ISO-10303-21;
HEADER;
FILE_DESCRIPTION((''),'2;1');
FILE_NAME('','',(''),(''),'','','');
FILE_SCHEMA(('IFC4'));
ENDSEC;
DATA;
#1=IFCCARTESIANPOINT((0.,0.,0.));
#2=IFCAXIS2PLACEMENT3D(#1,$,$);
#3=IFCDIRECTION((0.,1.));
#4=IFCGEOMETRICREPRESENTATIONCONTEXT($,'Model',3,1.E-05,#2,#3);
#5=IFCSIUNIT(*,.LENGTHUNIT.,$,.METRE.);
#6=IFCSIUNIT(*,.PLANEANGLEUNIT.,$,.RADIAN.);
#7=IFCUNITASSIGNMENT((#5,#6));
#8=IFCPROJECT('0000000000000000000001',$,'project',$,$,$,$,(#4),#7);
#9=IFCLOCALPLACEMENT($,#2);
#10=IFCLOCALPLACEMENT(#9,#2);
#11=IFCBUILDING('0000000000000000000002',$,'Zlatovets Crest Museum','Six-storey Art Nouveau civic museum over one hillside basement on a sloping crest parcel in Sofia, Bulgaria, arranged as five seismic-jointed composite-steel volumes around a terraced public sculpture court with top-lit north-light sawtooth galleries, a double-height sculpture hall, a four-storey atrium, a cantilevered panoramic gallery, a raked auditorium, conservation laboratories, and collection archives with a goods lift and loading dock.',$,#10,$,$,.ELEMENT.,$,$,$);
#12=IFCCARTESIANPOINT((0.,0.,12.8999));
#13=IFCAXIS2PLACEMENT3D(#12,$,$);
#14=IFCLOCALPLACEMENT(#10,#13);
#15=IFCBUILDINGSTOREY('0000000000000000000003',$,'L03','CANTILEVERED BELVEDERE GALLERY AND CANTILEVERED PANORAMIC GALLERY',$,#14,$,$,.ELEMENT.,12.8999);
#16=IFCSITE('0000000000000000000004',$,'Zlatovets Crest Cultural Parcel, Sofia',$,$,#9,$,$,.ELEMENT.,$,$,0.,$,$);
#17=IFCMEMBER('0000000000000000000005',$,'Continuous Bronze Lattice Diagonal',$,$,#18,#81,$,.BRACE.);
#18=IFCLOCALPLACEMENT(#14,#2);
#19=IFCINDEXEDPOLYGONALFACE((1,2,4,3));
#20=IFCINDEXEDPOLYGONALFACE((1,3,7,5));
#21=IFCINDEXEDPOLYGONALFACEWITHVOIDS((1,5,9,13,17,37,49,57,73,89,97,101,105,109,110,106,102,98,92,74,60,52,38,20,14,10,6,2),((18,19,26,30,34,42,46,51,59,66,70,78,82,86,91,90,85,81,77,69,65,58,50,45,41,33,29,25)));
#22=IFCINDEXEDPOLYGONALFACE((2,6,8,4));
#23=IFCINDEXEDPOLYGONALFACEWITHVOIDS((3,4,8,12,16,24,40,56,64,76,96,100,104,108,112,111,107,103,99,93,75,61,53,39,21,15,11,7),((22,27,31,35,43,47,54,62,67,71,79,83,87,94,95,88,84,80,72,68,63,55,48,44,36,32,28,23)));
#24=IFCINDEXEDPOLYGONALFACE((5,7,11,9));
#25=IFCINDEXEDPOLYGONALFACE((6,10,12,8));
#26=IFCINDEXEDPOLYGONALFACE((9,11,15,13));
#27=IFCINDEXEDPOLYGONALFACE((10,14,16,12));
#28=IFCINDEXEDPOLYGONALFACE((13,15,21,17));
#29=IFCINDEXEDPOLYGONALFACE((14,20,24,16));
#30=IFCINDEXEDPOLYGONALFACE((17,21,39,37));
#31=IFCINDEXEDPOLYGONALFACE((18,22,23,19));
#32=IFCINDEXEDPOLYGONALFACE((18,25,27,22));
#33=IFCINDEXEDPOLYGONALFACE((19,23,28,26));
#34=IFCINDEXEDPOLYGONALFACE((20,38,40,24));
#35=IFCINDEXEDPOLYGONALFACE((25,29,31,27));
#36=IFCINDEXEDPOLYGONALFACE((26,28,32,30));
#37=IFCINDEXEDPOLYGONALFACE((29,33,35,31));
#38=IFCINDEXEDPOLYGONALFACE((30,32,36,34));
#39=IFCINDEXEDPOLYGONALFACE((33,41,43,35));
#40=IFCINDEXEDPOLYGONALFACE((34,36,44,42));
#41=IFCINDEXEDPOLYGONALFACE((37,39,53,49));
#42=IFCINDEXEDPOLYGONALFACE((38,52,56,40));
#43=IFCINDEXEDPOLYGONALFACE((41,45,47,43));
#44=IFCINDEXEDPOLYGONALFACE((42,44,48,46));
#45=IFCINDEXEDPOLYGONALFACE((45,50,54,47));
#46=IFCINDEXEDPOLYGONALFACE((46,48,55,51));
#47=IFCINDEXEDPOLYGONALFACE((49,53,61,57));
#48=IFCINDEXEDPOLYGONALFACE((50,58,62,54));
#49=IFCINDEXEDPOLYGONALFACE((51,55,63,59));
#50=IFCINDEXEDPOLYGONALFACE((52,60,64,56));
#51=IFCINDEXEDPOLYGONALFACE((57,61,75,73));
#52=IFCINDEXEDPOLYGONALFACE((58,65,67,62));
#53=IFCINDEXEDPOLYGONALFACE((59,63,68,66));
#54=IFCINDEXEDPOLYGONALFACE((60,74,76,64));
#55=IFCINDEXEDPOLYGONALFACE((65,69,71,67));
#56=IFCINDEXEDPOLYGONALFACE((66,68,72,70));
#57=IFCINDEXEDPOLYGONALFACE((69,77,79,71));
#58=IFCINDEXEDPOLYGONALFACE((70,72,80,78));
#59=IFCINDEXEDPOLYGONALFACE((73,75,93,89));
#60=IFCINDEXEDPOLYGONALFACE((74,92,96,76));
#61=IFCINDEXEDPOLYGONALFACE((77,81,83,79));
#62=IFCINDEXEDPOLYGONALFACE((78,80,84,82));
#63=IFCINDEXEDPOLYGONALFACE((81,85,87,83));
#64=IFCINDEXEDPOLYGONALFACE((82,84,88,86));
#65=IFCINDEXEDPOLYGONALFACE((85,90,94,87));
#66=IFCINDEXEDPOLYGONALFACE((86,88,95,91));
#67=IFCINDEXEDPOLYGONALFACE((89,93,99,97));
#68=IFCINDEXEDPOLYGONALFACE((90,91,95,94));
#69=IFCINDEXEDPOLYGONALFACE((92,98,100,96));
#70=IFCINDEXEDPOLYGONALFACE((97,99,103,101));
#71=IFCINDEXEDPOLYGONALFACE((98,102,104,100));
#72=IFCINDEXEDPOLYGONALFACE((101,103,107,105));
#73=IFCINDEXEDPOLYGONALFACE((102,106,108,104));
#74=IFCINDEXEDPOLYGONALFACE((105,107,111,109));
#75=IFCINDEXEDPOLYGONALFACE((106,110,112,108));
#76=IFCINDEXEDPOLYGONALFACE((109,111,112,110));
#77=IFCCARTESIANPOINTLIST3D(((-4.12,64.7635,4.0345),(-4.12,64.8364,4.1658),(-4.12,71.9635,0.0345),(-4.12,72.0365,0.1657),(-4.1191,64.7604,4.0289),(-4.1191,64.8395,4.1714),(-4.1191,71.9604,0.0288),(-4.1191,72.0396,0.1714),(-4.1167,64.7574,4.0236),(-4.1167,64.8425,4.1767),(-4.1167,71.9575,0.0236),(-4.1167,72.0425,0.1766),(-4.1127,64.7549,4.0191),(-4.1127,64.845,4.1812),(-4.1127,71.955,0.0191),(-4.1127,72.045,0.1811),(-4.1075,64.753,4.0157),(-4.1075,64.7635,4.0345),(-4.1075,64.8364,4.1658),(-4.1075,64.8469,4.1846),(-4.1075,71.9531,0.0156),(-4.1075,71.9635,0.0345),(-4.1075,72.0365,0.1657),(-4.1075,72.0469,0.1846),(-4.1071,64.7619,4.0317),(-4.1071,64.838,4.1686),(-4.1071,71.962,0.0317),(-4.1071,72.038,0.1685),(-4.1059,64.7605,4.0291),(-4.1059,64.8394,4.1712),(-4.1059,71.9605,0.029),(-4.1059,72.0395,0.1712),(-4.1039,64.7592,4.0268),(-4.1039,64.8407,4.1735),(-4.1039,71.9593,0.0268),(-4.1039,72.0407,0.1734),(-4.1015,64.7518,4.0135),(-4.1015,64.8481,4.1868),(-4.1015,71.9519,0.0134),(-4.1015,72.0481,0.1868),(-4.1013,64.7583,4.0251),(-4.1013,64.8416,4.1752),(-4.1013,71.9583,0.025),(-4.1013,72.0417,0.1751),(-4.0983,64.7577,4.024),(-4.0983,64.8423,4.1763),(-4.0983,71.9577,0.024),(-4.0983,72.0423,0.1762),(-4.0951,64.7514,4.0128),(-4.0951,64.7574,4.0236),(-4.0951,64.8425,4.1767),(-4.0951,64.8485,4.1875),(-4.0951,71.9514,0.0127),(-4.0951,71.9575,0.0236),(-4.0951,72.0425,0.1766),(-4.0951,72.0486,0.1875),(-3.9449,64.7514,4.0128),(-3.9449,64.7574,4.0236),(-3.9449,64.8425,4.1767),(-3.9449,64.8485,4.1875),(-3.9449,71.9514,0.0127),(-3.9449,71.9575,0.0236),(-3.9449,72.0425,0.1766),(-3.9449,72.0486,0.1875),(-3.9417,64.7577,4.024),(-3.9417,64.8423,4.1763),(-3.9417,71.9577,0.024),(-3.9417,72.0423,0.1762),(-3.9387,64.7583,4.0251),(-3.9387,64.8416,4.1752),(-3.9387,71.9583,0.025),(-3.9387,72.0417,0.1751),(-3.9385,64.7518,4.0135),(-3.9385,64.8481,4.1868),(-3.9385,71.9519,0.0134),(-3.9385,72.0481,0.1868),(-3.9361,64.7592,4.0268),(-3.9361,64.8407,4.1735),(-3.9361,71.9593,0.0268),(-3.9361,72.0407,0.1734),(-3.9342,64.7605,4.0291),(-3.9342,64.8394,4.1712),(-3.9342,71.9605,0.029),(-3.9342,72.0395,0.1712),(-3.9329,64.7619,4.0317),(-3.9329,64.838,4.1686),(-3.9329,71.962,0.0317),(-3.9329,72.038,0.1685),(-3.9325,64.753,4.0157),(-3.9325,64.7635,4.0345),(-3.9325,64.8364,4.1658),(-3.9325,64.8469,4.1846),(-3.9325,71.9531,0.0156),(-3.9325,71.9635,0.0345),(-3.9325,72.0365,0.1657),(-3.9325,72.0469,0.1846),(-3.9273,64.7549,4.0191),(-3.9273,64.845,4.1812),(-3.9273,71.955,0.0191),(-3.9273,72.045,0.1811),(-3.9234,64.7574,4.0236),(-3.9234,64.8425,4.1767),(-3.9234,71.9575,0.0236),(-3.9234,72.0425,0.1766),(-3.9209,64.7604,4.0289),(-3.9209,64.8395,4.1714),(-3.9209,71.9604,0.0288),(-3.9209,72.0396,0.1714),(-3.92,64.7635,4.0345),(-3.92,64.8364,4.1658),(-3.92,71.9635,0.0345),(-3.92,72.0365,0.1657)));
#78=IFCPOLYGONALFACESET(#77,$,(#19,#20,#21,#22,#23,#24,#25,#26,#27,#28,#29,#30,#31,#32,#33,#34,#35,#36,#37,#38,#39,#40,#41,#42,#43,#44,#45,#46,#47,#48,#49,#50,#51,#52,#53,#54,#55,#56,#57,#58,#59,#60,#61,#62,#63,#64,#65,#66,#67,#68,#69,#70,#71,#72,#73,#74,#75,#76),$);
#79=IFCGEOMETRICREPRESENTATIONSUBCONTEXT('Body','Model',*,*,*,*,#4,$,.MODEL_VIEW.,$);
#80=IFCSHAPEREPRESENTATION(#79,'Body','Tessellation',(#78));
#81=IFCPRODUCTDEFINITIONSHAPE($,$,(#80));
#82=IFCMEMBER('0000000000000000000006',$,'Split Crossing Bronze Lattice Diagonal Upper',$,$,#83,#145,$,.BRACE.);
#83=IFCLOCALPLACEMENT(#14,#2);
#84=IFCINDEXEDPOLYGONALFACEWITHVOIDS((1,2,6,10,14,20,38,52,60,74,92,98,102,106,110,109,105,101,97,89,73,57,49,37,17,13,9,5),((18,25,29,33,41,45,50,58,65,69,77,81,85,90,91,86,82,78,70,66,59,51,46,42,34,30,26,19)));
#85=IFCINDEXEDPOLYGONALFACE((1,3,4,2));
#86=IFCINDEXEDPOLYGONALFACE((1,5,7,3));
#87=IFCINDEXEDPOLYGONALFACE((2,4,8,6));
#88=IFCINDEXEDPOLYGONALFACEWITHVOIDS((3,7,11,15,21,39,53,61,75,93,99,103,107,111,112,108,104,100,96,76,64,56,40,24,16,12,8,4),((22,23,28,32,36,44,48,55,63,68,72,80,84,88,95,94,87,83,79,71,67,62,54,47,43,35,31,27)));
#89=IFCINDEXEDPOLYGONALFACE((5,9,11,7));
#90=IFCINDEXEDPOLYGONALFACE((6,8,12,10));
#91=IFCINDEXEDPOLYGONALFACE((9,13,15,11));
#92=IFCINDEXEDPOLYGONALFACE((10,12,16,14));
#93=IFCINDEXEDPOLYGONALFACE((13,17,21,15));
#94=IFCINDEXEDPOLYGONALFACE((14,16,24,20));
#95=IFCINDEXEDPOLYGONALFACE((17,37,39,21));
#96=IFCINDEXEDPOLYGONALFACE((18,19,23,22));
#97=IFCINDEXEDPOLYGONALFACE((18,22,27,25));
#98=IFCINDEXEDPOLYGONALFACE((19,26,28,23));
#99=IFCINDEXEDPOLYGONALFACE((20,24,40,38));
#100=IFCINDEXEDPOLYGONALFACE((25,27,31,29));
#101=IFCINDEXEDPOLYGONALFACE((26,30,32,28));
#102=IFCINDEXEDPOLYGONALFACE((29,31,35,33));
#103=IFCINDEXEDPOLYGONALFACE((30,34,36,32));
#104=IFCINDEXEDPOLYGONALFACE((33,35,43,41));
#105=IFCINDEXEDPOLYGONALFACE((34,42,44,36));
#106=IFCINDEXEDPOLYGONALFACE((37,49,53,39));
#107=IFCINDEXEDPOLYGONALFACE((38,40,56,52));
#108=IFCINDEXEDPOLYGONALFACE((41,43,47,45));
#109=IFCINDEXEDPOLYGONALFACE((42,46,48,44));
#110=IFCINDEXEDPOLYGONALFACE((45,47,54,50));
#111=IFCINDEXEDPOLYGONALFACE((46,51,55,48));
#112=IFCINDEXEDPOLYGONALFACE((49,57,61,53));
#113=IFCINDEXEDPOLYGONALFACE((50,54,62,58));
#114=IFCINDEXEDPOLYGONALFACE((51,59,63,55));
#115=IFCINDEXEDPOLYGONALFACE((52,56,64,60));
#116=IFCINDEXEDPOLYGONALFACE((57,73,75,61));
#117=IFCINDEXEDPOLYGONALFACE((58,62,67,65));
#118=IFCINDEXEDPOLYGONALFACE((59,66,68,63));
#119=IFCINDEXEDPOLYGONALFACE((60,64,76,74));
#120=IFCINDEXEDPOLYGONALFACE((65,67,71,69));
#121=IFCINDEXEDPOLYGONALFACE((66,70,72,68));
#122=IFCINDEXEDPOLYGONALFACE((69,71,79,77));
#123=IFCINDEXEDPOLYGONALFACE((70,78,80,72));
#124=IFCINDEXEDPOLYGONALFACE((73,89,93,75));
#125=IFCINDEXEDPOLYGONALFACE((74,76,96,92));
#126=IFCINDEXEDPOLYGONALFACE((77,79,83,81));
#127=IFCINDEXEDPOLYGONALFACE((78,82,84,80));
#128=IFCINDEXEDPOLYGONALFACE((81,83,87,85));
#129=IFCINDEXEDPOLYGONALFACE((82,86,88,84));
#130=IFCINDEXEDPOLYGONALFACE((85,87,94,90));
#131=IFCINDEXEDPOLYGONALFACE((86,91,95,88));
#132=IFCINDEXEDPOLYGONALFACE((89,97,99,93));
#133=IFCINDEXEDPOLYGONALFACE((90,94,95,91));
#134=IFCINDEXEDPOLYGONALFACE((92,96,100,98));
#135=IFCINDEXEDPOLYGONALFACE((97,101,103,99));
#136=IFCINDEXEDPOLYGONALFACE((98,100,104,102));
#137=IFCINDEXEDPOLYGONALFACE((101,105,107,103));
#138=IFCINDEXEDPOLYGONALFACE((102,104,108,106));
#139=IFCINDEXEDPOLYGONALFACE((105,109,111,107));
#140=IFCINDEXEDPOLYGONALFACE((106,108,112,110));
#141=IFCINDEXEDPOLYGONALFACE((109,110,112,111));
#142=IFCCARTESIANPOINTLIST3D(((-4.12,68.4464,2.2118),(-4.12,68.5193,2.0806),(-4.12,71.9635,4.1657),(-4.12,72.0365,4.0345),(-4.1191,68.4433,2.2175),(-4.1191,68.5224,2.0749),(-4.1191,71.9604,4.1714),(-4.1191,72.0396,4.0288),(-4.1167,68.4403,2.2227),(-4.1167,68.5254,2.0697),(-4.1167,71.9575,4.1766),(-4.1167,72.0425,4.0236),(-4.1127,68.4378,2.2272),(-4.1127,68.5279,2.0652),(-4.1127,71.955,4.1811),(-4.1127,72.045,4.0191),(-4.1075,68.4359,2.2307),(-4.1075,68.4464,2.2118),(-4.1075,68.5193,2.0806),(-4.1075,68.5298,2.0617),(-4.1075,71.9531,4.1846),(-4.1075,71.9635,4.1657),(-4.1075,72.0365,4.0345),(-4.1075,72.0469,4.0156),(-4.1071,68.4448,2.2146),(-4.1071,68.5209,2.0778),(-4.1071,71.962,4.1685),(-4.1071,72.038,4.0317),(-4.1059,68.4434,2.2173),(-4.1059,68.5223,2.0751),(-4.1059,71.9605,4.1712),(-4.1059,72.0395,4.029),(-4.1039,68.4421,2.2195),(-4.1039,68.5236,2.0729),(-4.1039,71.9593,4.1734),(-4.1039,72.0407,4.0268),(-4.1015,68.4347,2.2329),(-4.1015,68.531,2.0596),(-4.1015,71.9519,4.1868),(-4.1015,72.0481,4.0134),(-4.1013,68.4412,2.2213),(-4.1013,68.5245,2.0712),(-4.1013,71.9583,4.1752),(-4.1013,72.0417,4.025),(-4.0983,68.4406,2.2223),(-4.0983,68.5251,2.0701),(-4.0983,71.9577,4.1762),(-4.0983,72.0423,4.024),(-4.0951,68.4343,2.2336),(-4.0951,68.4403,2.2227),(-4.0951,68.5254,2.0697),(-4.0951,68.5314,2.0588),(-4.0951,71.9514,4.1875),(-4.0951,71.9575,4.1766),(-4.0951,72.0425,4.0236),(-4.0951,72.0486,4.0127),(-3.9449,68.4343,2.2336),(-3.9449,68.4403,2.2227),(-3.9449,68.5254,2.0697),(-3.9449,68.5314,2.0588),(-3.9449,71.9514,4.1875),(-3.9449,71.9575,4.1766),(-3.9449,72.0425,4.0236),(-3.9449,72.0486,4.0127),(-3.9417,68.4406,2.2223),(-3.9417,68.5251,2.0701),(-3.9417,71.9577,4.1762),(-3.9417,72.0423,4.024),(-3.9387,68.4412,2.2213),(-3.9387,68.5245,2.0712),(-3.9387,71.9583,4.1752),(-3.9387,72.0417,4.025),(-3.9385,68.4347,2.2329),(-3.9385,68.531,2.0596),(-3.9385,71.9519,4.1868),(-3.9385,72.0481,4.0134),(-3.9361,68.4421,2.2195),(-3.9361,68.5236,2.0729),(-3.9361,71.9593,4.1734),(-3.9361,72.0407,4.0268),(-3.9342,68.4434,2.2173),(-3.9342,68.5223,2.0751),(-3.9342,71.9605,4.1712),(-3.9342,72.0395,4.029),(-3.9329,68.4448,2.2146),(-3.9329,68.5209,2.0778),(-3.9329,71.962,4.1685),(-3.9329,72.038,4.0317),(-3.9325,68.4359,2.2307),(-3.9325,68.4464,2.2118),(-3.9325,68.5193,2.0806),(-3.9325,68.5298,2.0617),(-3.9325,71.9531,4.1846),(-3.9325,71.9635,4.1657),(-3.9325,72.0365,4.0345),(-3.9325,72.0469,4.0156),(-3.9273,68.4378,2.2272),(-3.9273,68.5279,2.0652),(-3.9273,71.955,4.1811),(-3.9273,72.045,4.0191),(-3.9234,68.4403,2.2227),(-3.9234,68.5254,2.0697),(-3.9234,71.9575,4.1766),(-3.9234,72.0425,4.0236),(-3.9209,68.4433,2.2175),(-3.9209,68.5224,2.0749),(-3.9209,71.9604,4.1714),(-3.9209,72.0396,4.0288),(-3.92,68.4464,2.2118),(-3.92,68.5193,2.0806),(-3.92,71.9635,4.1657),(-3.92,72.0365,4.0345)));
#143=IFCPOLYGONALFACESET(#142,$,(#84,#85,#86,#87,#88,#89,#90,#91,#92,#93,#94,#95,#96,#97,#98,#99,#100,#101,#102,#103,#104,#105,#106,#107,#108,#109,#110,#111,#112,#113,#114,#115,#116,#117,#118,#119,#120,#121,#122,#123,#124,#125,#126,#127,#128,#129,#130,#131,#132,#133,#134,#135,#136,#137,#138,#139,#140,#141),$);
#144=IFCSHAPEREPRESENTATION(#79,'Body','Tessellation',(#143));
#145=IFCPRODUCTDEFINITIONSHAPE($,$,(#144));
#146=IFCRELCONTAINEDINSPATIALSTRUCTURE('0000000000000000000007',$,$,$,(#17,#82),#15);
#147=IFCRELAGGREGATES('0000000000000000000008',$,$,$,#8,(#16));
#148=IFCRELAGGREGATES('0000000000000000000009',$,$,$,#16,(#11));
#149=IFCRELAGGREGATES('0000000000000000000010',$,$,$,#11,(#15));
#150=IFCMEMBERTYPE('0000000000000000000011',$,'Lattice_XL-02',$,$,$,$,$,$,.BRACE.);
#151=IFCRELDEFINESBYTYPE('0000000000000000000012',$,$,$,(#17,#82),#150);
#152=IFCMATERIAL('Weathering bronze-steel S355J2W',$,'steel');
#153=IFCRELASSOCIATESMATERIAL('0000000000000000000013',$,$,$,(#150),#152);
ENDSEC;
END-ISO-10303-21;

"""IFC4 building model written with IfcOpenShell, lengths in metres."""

from ifc_helpers import new_model, si_unit, direction, frame, origin, origin_2d, place, context, subcontext, project, spatial, hollow_rectangle, extrude, material, material_profile, profile_set, type_object, element, save


model = new_model("IFC4")

# Units and contexts
model_context = context("Model", 3, precision=1e-05, world=origin(), true_north=direction((0.0, 1.0)))
body_context = subcontext(model_context, "Body", "Model", "MODEL_VIEW")
ifc_project = project(units=[si_unit("LENGTHUNIT", "METRE"), si_unit("PLANEANGLEUNIT", "RADIAN")], contexts=[model_context])

# Site, building, storey
site_placement = place(None, origin())
site = spatial("IfcSite", under=ifc_project, at=site_placement, Name="Zlatovets Crest Cultural Parcel, Sofia", CompositionType="ELEMENT", RefElevation=0.0)
building_placement = place(site_placement, origin())
building = spatial("IfcBuilding", under=site, at=building_placement, Name="Zlatovets Crest Museum", Description="Six-storey Art Nouveau civic museum over one hillside basement on a sloping crest parcel in Sofia, Bulgaria, arranged as five seismic-jointed composite-steel volumes around a terraced public sculpture court with top-lit north-light sawtooth galleries, a double-height sculpture hall, a four-storey atrium, a cantilevered panoramic gallery, a raked auditorium, conservation laboratories, and collection archives with a goods lift and loading dock.", CompositionType="ELEMENT")
storey_placement = place(building_placement, frame((0.0, 0.0, 12.8999)))
storey = spatial("IfcBuildingStorey", under=building, at=storey_placement, Name="L03", Description="CANTILEVERED BELVEDERE GALLERY AND CANTILEVERED PANORAMIC GALLERY", CompositionType="ELEMENT", Elevation=12.8999)

# Members
ifc_material_1 = material(Name="Weathering bronze-steel S355J2W", Category="steel")
ifc_material_profile_1 = material_profile(ifc_material_1, hollow_rectangle(XDim=0.2, YDim=0.2, WallThickness=0.0125, InnerFilletRadius=0.0125, OuterFilletRadius=0.0249, at=origin_2d()), Name="SHS 200x200x12.5")
ifc_profile_set_1 = profile_set([ifc_material_profile_1], Name="Weathering bronze-steel S355J2W")
member_type_1 = type_object("IfcMemberType", Name="Lattice_XL-02", PredefinedType="BRACE", material=ifc_profile_set_1)
member_1_placement = place(storey_placement, frame((-4.02, 72.0, 0.1001), z_axis=(0.0, -0.874156, 0.485645), x_axis=(1.0, 0.0, 0.0)))
element("IfcMember", 1, at=member_1_placement, inside=storey, type_object=member_type_1, Name="Continuous Bronze Lattice Diagonal", PredefinedType="BRACE", context=body_context, shape_type="SweptSolid", body=[
    extrude(hollow_rectangle(XDim=0.2, YDim=0.2, WallThickness=0.0125, InnerFilletRadius=0.0125, OuterFilletRadius=0.0249, at=origin_2d()), origin(), (0.0, 0.0, 1.0), 8.2366),
])
member_2_placement = place(storey_placement, frame((-4.02, 72.0, 4.1001), z_axis=(0.0, -0.874166, -0.485627), x_axis=(1.0, 0.0, 0.0)))
element("IfcMember", 2, at=member_2_placement, inside=storey, type_object=member_type_1, Name="Split Crossing Bronze Lattice Diagonal Upper", PredefinedType="BRACE", context=body_context, shape_type="SweptSolid", body=[
    extrude(hollow_rectangle(XDim=0.2, YDim=0.2, WallThickness=0.0125, InnerFilletRadius=0.0125, OuterFilletRadius=0.0249, at=origin_2d()), origin(), (0.0, 0.0, 1.0), 4.0234),
])

save(model, "model.ifc")
